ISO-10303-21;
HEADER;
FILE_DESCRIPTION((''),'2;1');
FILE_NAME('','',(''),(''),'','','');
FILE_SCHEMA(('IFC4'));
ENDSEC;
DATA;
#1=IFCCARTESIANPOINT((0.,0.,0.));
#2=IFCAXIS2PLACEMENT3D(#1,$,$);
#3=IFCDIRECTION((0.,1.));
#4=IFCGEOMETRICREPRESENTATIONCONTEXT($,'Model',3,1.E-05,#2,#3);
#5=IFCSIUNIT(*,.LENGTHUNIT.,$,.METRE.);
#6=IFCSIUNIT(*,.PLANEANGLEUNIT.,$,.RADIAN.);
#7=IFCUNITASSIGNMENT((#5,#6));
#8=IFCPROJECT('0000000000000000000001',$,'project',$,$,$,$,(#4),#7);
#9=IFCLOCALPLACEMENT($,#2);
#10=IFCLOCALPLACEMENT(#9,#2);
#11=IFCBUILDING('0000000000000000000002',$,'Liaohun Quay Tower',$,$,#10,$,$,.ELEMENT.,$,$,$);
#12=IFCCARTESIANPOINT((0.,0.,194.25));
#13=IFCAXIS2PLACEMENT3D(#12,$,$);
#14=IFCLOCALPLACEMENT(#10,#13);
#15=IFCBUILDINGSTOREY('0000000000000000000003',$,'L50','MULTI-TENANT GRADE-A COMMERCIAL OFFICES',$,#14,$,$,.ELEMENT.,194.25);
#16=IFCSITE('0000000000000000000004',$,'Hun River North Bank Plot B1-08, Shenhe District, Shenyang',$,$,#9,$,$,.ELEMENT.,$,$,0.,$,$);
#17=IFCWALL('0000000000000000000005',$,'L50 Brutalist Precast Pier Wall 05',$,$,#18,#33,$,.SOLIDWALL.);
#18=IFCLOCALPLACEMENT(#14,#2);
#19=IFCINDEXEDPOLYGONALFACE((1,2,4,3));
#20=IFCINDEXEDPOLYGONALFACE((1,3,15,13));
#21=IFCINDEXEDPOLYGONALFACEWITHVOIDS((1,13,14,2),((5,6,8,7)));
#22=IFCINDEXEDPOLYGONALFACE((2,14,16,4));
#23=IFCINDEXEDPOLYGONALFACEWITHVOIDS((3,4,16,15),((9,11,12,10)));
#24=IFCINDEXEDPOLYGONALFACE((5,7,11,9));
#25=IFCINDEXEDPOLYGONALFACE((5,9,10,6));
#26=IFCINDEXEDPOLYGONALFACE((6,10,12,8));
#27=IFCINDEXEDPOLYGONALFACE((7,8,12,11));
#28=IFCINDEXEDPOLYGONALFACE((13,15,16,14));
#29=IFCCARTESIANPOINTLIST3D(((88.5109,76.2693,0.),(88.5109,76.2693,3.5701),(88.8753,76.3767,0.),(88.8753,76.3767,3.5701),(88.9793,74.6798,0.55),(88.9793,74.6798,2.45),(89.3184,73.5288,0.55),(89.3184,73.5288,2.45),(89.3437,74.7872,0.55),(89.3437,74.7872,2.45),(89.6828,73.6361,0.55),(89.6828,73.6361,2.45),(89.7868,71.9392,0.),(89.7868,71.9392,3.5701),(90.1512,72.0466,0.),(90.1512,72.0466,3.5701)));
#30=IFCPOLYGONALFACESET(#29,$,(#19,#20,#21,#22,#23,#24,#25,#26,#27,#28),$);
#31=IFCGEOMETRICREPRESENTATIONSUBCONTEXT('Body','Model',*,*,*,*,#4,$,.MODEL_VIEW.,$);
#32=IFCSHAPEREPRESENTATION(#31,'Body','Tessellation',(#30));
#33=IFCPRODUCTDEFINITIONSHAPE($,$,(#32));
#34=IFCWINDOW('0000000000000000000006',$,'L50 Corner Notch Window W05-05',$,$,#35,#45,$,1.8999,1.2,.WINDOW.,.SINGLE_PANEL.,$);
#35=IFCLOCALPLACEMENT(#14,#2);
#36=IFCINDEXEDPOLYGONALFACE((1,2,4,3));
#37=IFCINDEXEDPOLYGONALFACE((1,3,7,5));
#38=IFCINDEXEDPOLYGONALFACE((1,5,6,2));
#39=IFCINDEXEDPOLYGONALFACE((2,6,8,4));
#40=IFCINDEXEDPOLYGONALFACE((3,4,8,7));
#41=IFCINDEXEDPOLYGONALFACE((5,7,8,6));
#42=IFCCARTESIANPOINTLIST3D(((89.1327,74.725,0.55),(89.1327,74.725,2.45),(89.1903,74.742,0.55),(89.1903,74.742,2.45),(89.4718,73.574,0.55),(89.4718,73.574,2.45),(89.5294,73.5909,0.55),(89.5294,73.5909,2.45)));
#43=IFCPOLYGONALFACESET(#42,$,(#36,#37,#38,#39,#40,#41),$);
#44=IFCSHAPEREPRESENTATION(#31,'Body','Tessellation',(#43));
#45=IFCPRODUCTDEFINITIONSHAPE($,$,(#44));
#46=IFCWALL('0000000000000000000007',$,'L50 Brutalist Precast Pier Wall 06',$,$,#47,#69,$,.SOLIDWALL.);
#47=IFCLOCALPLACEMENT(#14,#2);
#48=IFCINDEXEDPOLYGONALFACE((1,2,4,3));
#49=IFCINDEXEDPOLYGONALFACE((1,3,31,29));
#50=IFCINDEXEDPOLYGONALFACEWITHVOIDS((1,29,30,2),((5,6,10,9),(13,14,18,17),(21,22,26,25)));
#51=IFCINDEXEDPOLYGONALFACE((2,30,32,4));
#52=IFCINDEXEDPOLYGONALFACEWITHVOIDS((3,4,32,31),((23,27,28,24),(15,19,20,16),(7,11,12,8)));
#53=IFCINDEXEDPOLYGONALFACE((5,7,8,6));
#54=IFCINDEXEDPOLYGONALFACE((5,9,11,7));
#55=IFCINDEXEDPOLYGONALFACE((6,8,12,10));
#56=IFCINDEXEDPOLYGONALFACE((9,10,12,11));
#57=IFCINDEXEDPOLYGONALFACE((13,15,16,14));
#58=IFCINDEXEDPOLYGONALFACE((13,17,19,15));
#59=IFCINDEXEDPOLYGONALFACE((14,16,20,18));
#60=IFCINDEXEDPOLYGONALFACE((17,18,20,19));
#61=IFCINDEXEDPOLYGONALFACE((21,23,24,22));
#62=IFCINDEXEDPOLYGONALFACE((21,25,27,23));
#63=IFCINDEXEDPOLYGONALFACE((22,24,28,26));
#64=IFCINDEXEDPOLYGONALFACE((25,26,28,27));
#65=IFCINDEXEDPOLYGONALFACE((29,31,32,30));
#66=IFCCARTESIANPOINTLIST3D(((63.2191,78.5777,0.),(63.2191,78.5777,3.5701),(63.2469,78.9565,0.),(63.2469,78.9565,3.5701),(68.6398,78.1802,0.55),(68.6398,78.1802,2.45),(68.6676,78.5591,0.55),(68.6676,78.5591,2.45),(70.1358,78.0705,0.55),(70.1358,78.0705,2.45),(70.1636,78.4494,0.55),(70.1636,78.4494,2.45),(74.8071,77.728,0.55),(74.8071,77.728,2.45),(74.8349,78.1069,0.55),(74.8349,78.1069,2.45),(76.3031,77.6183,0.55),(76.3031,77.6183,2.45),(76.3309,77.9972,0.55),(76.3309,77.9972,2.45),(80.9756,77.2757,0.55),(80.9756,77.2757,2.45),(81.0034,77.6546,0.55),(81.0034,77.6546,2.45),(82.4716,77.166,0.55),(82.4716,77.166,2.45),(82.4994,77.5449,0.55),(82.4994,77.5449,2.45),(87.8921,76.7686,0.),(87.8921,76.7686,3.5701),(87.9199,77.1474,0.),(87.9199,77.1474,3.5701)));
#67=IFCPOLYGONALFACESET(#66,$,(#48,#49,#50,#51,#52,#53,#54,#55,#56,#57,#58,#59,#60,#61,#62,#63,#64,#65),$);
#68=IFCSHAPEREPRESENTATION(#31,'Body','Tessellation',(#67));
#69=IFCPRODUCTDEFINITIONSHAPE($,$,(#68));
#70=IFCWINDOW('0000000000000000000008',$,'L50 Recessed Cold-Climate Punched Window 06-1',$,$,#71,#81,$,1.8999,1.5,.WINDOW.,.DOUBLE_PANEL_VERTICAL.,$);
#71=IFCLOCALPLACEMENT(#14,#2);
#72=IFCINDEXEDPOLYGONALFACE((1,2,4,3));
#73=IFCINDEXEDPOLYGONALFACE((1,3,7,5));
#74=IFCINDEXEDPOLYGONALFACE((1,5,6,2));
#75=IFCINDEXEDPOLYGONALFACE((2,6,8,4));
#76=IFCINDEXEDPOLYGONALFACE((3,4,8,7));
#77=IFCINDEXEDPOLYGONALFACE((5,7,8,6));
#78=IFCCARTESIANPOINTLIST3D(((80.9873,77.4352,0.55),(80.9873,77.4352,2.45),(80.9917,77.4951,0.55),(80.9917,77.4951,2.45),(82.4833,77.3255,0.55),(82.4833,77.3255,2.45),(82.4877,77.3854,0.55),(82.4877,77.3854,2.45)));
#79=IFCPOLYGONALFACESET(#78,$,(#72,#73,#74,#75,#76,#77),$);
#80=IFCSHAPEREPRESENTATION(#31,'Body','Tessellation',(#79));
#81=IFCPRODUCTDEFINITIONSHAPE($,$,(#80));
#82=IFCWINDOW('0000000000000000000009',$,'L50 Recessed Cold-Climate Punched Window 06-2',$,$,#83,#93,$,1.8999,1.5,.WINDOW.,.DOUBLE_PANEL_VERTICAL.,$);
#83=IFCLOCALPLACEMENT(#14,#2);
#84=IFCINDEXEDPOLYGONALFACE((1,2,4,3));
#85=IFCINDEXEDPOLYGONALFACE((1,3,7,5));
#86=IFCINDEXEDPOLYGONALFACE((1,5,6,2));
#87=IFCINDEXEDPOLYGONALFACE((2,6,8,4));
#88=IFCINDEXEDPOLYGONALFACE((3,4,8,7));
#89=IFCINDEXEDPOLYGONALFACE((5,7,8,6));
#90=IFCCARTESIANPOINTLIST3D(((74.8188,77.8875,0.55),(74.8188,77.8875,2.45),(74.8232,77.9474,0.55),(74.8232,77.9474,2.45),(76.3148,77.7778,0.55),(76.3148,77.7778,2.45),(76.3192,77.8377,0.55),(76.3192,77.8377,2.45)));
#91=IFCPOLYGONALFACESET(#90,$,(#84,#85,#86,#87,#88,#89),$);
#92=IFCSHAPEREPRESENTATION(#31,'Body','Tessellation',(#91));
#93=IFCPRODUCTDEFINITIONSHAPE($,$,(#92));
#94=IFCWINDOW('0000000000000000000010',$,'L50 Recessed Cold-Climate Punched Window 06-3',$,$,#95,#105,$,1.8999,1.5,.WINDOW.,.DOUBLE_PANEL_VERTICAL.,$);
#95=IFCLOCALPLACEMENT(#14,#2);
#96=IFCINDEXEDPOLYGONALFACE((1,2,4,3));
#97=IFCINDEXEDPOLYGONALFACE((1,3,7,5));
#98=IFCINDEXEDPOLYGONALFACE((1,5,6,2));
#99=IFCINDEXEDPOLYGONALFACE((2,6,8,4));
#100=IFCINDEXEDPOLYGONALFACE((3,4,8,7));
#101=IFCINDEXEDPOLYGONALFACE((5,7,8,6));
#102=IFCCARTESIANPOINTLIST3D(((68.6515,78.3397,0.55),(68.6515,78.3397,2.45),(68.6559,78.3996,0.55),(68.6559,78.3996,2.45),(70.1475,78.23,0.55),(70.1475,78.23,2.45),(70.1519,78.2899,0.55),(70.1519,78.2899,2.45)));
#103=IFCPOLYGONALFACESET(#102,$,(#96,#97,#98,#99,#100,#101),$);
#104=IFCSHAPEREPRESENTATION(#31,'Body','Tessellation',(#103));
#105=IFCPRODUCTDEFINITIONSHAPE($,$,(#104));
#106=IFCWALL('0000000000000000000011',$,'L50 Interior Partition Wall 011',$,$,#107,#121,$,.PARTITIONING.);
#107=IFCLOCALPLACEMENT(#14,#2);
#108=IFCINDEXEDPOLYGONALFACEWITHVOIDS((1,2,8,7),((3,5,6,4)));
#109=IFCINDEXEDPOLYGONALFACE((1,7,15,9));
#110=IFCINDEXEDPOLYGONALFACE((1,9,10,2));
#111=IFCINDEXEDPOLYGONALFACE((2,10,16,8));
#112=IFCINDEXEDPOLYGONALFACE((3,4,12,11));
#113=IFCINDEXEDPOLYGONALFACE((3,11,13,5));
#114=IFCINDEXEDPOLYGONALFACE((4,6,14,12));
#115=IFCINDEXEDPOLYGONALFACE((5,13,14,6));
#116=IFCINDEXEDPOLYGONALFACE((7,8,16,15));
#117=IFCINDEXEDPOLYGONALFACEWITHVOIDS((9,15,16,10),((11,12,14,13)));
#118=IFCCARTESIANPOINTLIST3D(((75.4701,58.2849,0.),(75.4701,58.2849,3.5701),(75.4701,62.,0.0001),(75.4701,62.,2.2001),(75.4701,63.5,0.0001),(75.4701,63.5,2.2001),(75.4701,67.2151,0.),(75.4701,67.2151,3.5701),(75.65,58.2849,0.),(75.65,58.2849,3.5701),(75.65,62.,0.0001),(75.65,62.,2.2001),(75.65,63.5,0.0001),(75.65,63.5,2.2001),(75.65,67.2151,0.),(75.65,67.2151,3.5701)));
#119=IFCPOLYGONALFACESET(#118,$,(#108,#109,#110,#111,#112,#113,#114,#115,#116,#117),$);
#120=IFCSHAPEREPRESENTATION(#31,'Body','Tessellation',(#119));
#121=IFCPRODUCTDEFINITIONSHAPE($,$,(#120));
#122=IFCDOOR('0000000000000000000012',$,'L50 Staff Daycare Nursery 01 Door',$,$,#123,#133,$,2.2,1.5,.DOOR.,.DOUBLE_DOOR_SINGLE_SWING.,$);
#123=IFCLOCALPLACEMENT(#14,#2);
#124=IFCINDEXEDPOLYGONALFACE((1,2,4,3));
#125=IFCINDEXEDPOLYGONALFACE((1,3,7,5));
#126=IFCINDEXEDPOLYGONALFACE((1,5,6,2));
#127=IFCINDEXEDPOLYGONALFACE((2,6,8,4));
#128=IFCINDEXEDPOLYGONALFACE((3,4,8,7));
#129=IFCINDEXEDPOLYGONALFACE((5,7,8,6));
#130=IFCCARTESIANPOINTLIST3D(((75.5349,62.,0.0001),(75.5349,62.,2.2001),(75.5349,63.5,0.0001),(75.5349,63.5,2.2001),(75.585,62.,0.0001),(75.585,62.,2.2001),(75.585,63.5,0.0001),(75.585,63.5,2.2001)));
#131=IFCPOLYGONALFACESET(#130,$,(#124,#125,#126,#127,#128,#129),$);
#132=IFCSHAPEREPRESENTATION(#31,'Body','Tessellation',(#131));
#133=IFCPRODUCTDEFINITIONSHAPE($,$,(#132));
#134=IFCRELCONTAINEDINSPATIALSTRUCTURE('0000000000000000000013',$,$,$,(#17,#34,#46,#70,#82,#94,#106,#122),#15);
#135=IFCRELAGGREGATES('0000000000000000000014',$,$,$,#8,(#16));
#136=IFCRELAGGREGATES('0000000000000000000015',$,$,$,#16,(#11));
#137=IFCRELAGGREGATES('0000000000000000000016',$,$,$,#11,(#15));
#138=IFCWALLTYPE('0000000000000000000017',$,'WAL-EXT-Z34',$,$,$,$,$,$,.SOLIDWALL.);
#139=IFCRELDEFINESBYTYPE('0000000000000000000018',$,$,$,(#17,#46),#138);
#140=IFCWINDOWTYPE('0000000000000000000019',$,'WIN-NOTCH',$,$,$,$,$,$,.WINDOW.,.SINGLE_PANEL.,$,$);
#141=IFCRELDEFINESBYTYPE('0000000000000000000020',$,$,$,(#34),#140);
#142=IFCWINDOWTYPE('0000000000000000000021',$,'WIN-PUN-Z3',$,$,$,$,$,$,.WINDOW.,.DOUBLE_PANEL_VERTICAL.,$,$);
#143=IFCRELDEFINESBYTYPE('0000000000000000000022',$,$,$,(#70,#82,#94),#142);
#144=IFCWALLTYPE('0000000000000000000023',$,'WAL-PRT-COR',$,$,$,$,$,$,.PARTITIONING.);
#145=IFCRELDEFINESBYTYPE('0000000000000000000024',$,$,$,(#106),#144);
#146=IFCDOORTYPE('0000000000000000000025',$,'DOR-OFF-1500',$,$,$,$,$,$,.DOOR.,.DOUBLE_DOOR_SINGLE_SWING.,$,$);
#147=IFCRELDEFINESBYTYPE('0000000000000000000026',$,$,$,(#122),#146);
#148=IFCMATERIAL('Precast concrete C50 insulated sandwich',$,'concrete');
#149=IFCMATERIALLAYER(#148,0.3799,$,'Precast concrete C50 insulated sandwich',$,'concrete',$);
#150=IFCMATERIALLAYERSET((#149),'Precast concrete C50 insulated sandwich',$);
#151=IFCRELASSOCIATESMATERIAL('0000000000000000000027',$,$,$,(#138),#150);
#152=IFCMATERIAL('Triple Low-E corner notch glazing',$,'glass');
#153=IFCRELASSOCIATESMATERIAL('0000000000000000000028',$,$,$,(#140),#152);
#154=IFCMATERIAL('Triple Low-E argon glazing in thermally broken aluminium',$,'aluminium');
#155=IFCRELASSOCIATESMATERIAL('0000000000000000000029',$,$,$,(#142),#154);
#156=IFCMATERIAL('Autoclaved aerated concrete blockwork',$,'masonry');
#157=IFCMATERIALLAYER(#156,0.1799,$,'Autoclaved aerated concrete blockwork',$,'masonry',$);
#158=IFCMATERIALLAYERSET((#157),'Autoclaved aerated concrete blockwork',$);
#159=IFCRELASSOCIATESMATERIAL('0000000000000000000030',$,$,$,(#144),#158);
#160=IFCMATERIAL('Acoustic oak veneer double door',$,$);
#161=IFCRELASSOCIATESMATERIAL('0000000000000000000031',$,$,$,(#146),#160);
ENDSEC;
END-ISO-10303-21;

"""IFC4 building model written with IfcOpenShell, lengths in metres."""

from ifc_helpers import new_model, si_unit, direction, frame, frame_2d, origin, place, context, subcontext, project, spatial, rectangle, extrude, source, transform, mapped, material, layer, layer_set, type_object, element, fill, save


model = new_model("IFC4")

# Units and contexts
model_context = context("Model", 3, precision=1e-05, world=origin(), true_north=direction((0.0, 1.0)))
body_context = subcontext(model_context, "Body", "Model", "MODEL_VIEW")
ifc_project = project(units=[si_unit("LENGTHUNIT", "METRE"), si_unit("PLANEANGLEUNIT", "RADIAN")], contexts=[model_context])

# Site, building, storey
site_placement = place(None, origin())
site = spatial("IfcSite", under=ifc_project, at=site_placement, Name="Hun River North Bank Plot B1-08, Shenhe District, Shenyang", CompositionType="ELEMENT", RefElevation=0.0)
building_placement = place(site_placement, origin())
building = spatial("IfcBuilding", under=site, at=building_placement, Name="Liaohun Quay Tower", CompositionType="ELEMENT")
storey_placement = place(building_placement, frame((0.0, 0.0, 194.25)))
storey = spatial("IfcBuildingStorey", under=building, at=storey_placement, Name="L50", Description="MULTI-TENANT GRADE-A COMMERCIAL OFFICES", CompositionType="ELEMENT", Elevation=194.25)

# Wall, opening, window
ifc_material_1 = material(Name="Precast concrete C50 insulated sandwich", Category="concrete")
ifc_layer_1 = layer(ifc_material_1, 0.3799, Name="Precast concrete C50 insulated sandwich", Category="concrete")
ifc_layer_set_1 = layer_set([ifc_layer_1], Name="Precast concrete C50 insulated sandwich")
wall_type_1 = type_object("IfcWallType", Name="WAL-EXT-Z34", PredefinedType="SOLIDWALL", material=ifc_layer_set_1)
shared_shape_1 = source(origin(), body_context, "Body", "SweptSolid", [
    extrude(rectangle(XDim=1.2, YDim=1.8999, at=frame_2d((0.6001, 0.95))), frame((0.0, 0.2, 0.0), z_axis=(0.0, -1.0, 0.0), x_axis=(1.0, 0.0, 0.0)), (0.0, 0.0, 1.0), 0.3999),
])
ifc_material_2 = material(Name="Triple Low-E corner notch glazing", Category="glass")
window_type_1 = type_object("IfcWindowType", Name="WIN-NOTCH", PartitioningType="SINGLE_PANEL", PredefinedType="WINDOW", material=ifc_material_2)
shared_shape_2 = source(origin(), body_context, "Body", "SweptSolid", [
    extrude(rectangle(XDim=1.2, YDim=1.8999, at=frame_2d((0.6001, 0.95))), frame((0.0, 0.03, 0.0), z_axis=(0.0, -1.0, 0.0), x_axis=(1.0, 0.0, 0.0)), (0.0, 0.0, 1.0), 0.0601),
])
wall_1_placement = place(storey_placement, frame((89.969, 71.9929, 0.0), z_axis=(0.0, 0.0, 1.0), x_axis=(-0.282641, 0.959226, 0.0)))
wall_1 = element("IfcWall", 1, at=wall_1_placement, inside=storey, type_object=wall_type_1, Name="L50 Brutalist Precast Pier Wall 05", PredefinedType="SOLIDWALL", context=body_context, shape_type="SweptSolid", body=[
    extrude(rectangle(XDim=4.5142, YDim=0.3799, at=frame_2d((2.2571, 0.0))), origin(), (0.0, 0.0, 1.0), 3.5701),
])
opening_1_placement = place(wall_1_placement, frame((1.657, 0.0, 0.55)))
opening_1 = element("IfcOpeningElement", 2, at=opening_1_placement, cuts=wall_1, PredefinedType="OPENING", context=body_context, shape_type="MappedRepresentation", body=[
    mapped(shared_shape_1, transform((0.0, 0.0, 0.0), x_axis=(1.0, 0.0, 0.0), y_axis=(0.0, 1.0, 0.0), z_axis=(0.0, 0.0, 1.0), scale=1.0)),
])
window_1_placement = place(opening_1_placement, origin())
window_1 = element("IfcWindow", 3, at=window_1_placement, inside=storey, type_object=window_type_1, Name="L50 Corner Notch Window W05-05", OverallHeight=1.8999, OverallWidth=1.2, PartitioningType="SINGLE_PANEL", PredefinedType="WINDOW", context=body_context, shape_type="MappedRepresentation", body=[
    mapped(shared_shape_2, transform((0.0, 0.0, 0.0), x_axis=(1.0, 0.0, 0.0), y_axis=(0.0, 1.0, 0.0), z_axis=(0.0, 0.0, 1.0), scale=1.0)),
])
fill(opening_1, window_1)

# Wall, openings, windows
wall_2_placement = place(storey_placement, frame((87.906, 76.958, 0.0), z_axis=(0.0, 0.0, 1.0), x_axis=(-0.997323, 0.073126, 0.0)))
wall_2 = element("IfcWall", 4, at=wall_2_placement, inside=storey, type_object=wall_type_1, Name="L50 Brutalist Precast Pier Wall 06", PredefinedType="SOLIDWALL", context=body_context, shape_type="SweptSolid", body=[
    extrude(rectangle(XDim=24.7393, YDim=0.3799, at=frame_2d((12.3696, 0.0))), origin(), (0.0, 0.0, 1.0), 3.5701),
])
shared_shape_3 = source(origin(), body_context, "Body", "SweptSolid", [
    extrude(rectangle(XDim=1.5, YDim=1.8999, at=frame_2d((0.75, 0.95))), frame((0.0, 0.2, 0.0), z_axis=(0.0, -1.0, 0.0), x_axis=(1.0, 0.0, 0.0)), (0.0, 0.0, 1.0), 0.3999),
])
opening_2_placement = place(wall_2_placement, frame((5.4351, 0.0, 0.55)))
opening_2 = element("IfcOpeningElement", 5, at=opening_2_placement, cuts=wall_2, PredefinedType="OPENING", context=body_context, shape_type="MappedRepresentation", body=[
    mapped(shared_shape_3, transform((0.0, 0.0, 0.0), x_axis=(1.0, 0.0, 0.0), y_axis=(0.0, 1.0, 0.0), z_axis=(0.0, 0.0, 1.0), scale=1.0)),
])
opening_3_placement = place(wall_2_placement, frame((11.6201, 0.0, 0.55)))
opening_3 = element("IfcOpeningElement", 6, at=opening_3_placement, cuts=wall_2, PredefinedType="OPENING", context=body_context, shape_type="MappedRepresentation", body=[
    mapped(shared_shape_3, transform((0.0, 0.0, 0.0), x_axis=(1.0, 0.0, 0.0), y_axis=(0.0, 1.0, 0.0), z_axis=(0.0, 0.0, 1.0), scale=1.0)),
])
opening_4_placement = place(wall_2_placement, frame((17.804, 0.0, 0.55)))
opening_4 = element("IfcOpeningElement", 7, at=opening_4_placement, cuts=wall_2, PredefinedType="OPENING", context=body_context, shape_type="MappedRepresentation", body=[
    mapped(shared_shape_3, transform((0.0, 0.0, 0.0), x_axis=(1.0, 0.0, 0.0), y_axis=(0.0, 1.0, 0.0), z_axis=(0.0, 0.0, 1.0), scale=1.0)),
])
ifc_material_3 = material(Name="Triple Low-E argon glazing in thermally broken aluminium", Category="aluminium")
window_type_2 = type_object("IfcWindowType", Name="WIN-PUN-Z3", PartitioningType="DOUBLE_PANEL_VERTICAL", PredefinedType="WINDOW", material=ifc_material_3)
shared_shape_4 = source(origin(), body_context, "Body", "SweptSolid", [
    extrude(rectangle(XDim=1.5, YDim=1.8999, at=frame_2d((0.75, 0.95))), frame((0.0, 0.03, 0.0), z_axis=(0.0, -1.0, 0.0), x_axis=(1.0, 0.0, 0.0)), (0.0, 0.0, 1.0), 0.0601),
])
window_2_placement = place(opening_2_placement, origin())
window_2 = element("IfcWindow", 8, at=window_2_placement, inside=storey, type_object=window_type_2, Name="L50 Recessed Cold-Climate Punched Window 06-1", OverallHeight=1.8999, OverallWidth=1.5, PartitioningType="DOUBLE_PANEL_VERTICAL", PredefinedType="WINDOW", context=body_context, shape_type="MappedRepresentation", body=[
    mapped(shared_shape_4, transform((0.0, 0.0, 0.0), x_axis=(1.0, 0.0, 0.0), y_axis=(0.0, 1.0, 0.0), z_axis=(0.0, 0.0, 1.0), scale=1.0)),
])
fill(opening_2, window_2)
window_3_placement = place(opening_3_placement, origin())
window_3 = element("IfcWindow", 9, at=window_3_placement, inside=storey, type_object=window_type_2, Name="L50 Recessed Cold-Climate Punched Window 06-2", OverallHeight=1.8999, OverallWidth=1.5, PartitioningType="DOUBLE_PANEL_VERTICAL", PredefinedType="WINDOW", context=body_context, shape_type="MappedRepresentation", body=[
    mapped(shared_shape_4, transform((0.0, 0.0, 0.0), x_axis=(1.0, 0.0, 0.0), y_axis=(0.0, 1.0, 0.0), z_axis=(0.0, 0.0, 1.0), scale=1.0)),
])
fill(opening_3, window_3)
window_4_placement = place(opening_4_placement, origin())
window_4 = element("IfcWindow", 10, at=window_4_placement, inside=storey, type_object=window_type_2, Name="L50 Recessed Cold-Climate Punched Window 06-3", OverallHeight=1.8999, OverallWidth=1.5, PartitioningType="DOUBLE_PANEL_VERTICAL", PredefinedType="WINDOW", context=body_context, shape_type="MappedRepresentation", body=[
    mapped(shared_shape_4, transform((0.0, 0.0, 0.0), x_axis=(1.0, 0.0, 0.0), y_axis=(0.0, 1.0, 0.0), z_axis=(0.0, 0.0, 1.0), scale=1.0)),
])
fill(opening_4, window_4)

# Wall, opening, door
ifc_material_4 = material(Name="Autoclaved aerated concrete blockwork", Category="masonry")
ifc_layer_2 = layer(ifc_material_4, 0.1799, Name="Autoclaved aerated concrete blockwork", Category="masonry")
ifc_layer_set_2 = layer_set([ifc_layer_2], Name="Autoclaved aerated concrete blockwork")
wall_type_2 = type_object("IfcWallType", Name="WAL-PRT-COR", PredefinedType="PARTITIONING", material=ifc_layer_set_2)
wall_3_placement = place(storey_placement, frame((75.5601, 67.2151, 0.0), z_axis=(0.0, 0.0, 1.0), x_axis=(0.0, -1.0, 0.0)))
wall_3 = element("IfcWall", 11, at=wall_3_placement, inside=storey, type_object=wall_type_2, Name="L50 Interior Partition Wall 011", PredefinedType="PARTITIONING", context=body_context, shape_type="SweptSolid", body=[
    extrude(rectangle(XDim=8.9302, YDim=0.1799, at=frame_2d((4.4651, 0.0))), origin(), (0.0, 0.0, 1.0), 3.5701),
])
shared_shape_5 = source(origin(), body_context, "Body", "SweptSolid", [
    extrude(rectangle(XDim=1.5, YDim=2.2, at=frame_2d((0.75, 1.1001))), frame((0.0, 0.0999, 0.0), z_axis=(0.0, -1.0, 0.0), x_axis=(1.0, 0.0, 0.0)), (0.0, 0.0, 1.0), 0.2),
])
opening_5_placement = place(wall_3_placement, frame((3.7151, 0.0, 0.0)))
opening_5 = element("IfcOpeningElement", 12, at=opening_5_placement, cuts=wall_3, PredefinedType="OPENING", context=body_context, shape_type="MappedRepresentation", body=[
    mapped(shared_shape_5, transform((0.0, 0.0, 0.0), x_axis=(1.0, 0.0, 0.0), y_axis=(0.0, 1.0, 0.0), z_axis=(0.0, 0.0, 1.0), scale=1.0)),
])
ifc_material_5 = material(Name="Acoustic oak veneer double door")
door_type = type_object("IfcDoorType", Name="DOR-OFF-1500", OperationType="DOUBLE_DOOR_SINGLE_SWING", PredefinedType="DOOR", material=ifc_material_5)
shared_shape_6 = source(origin(), body_context, "Body", "SweptSolid", [
    extrude(rectangle(XDim=1.5, YDim=2.2, at=frame_2d((0.75, 1.1001))), frame((0.0, 0.0249, 0.0), z_axis=(0.0, -1.0, 0.0), x_axis=(1.0, 0.0, 0.0)), (0.0, 0.0, 1.0), 0.05),
])
door_1_placement = place(opening_5_placement, origin())
door_1 = element("IfcDoor", 13, at=door_1_placement, inside=storey, type_object=door_type, Name="L50 Staff Daycare Nursery 01 Door", OperationType="DOUBLE_DOOR_SINGLE_SWING", OverallHeight=2.2, OverallWidth=1.5, PredefinedType="DOOR", context=body_context, shape_type="MappedRepresentation", body=[
    mapped(shared_shape_6, transform((0.0, 0.0, 0.0), x_axis=(1.0, 0.0, 0.0), y_axis=(0.0, 1.0, 0.0), z_axis=(0.0, 0.0, 1.0), scale=1.0)),
])
fill(opening_5, door_1)

save(model, "model.ifc")
